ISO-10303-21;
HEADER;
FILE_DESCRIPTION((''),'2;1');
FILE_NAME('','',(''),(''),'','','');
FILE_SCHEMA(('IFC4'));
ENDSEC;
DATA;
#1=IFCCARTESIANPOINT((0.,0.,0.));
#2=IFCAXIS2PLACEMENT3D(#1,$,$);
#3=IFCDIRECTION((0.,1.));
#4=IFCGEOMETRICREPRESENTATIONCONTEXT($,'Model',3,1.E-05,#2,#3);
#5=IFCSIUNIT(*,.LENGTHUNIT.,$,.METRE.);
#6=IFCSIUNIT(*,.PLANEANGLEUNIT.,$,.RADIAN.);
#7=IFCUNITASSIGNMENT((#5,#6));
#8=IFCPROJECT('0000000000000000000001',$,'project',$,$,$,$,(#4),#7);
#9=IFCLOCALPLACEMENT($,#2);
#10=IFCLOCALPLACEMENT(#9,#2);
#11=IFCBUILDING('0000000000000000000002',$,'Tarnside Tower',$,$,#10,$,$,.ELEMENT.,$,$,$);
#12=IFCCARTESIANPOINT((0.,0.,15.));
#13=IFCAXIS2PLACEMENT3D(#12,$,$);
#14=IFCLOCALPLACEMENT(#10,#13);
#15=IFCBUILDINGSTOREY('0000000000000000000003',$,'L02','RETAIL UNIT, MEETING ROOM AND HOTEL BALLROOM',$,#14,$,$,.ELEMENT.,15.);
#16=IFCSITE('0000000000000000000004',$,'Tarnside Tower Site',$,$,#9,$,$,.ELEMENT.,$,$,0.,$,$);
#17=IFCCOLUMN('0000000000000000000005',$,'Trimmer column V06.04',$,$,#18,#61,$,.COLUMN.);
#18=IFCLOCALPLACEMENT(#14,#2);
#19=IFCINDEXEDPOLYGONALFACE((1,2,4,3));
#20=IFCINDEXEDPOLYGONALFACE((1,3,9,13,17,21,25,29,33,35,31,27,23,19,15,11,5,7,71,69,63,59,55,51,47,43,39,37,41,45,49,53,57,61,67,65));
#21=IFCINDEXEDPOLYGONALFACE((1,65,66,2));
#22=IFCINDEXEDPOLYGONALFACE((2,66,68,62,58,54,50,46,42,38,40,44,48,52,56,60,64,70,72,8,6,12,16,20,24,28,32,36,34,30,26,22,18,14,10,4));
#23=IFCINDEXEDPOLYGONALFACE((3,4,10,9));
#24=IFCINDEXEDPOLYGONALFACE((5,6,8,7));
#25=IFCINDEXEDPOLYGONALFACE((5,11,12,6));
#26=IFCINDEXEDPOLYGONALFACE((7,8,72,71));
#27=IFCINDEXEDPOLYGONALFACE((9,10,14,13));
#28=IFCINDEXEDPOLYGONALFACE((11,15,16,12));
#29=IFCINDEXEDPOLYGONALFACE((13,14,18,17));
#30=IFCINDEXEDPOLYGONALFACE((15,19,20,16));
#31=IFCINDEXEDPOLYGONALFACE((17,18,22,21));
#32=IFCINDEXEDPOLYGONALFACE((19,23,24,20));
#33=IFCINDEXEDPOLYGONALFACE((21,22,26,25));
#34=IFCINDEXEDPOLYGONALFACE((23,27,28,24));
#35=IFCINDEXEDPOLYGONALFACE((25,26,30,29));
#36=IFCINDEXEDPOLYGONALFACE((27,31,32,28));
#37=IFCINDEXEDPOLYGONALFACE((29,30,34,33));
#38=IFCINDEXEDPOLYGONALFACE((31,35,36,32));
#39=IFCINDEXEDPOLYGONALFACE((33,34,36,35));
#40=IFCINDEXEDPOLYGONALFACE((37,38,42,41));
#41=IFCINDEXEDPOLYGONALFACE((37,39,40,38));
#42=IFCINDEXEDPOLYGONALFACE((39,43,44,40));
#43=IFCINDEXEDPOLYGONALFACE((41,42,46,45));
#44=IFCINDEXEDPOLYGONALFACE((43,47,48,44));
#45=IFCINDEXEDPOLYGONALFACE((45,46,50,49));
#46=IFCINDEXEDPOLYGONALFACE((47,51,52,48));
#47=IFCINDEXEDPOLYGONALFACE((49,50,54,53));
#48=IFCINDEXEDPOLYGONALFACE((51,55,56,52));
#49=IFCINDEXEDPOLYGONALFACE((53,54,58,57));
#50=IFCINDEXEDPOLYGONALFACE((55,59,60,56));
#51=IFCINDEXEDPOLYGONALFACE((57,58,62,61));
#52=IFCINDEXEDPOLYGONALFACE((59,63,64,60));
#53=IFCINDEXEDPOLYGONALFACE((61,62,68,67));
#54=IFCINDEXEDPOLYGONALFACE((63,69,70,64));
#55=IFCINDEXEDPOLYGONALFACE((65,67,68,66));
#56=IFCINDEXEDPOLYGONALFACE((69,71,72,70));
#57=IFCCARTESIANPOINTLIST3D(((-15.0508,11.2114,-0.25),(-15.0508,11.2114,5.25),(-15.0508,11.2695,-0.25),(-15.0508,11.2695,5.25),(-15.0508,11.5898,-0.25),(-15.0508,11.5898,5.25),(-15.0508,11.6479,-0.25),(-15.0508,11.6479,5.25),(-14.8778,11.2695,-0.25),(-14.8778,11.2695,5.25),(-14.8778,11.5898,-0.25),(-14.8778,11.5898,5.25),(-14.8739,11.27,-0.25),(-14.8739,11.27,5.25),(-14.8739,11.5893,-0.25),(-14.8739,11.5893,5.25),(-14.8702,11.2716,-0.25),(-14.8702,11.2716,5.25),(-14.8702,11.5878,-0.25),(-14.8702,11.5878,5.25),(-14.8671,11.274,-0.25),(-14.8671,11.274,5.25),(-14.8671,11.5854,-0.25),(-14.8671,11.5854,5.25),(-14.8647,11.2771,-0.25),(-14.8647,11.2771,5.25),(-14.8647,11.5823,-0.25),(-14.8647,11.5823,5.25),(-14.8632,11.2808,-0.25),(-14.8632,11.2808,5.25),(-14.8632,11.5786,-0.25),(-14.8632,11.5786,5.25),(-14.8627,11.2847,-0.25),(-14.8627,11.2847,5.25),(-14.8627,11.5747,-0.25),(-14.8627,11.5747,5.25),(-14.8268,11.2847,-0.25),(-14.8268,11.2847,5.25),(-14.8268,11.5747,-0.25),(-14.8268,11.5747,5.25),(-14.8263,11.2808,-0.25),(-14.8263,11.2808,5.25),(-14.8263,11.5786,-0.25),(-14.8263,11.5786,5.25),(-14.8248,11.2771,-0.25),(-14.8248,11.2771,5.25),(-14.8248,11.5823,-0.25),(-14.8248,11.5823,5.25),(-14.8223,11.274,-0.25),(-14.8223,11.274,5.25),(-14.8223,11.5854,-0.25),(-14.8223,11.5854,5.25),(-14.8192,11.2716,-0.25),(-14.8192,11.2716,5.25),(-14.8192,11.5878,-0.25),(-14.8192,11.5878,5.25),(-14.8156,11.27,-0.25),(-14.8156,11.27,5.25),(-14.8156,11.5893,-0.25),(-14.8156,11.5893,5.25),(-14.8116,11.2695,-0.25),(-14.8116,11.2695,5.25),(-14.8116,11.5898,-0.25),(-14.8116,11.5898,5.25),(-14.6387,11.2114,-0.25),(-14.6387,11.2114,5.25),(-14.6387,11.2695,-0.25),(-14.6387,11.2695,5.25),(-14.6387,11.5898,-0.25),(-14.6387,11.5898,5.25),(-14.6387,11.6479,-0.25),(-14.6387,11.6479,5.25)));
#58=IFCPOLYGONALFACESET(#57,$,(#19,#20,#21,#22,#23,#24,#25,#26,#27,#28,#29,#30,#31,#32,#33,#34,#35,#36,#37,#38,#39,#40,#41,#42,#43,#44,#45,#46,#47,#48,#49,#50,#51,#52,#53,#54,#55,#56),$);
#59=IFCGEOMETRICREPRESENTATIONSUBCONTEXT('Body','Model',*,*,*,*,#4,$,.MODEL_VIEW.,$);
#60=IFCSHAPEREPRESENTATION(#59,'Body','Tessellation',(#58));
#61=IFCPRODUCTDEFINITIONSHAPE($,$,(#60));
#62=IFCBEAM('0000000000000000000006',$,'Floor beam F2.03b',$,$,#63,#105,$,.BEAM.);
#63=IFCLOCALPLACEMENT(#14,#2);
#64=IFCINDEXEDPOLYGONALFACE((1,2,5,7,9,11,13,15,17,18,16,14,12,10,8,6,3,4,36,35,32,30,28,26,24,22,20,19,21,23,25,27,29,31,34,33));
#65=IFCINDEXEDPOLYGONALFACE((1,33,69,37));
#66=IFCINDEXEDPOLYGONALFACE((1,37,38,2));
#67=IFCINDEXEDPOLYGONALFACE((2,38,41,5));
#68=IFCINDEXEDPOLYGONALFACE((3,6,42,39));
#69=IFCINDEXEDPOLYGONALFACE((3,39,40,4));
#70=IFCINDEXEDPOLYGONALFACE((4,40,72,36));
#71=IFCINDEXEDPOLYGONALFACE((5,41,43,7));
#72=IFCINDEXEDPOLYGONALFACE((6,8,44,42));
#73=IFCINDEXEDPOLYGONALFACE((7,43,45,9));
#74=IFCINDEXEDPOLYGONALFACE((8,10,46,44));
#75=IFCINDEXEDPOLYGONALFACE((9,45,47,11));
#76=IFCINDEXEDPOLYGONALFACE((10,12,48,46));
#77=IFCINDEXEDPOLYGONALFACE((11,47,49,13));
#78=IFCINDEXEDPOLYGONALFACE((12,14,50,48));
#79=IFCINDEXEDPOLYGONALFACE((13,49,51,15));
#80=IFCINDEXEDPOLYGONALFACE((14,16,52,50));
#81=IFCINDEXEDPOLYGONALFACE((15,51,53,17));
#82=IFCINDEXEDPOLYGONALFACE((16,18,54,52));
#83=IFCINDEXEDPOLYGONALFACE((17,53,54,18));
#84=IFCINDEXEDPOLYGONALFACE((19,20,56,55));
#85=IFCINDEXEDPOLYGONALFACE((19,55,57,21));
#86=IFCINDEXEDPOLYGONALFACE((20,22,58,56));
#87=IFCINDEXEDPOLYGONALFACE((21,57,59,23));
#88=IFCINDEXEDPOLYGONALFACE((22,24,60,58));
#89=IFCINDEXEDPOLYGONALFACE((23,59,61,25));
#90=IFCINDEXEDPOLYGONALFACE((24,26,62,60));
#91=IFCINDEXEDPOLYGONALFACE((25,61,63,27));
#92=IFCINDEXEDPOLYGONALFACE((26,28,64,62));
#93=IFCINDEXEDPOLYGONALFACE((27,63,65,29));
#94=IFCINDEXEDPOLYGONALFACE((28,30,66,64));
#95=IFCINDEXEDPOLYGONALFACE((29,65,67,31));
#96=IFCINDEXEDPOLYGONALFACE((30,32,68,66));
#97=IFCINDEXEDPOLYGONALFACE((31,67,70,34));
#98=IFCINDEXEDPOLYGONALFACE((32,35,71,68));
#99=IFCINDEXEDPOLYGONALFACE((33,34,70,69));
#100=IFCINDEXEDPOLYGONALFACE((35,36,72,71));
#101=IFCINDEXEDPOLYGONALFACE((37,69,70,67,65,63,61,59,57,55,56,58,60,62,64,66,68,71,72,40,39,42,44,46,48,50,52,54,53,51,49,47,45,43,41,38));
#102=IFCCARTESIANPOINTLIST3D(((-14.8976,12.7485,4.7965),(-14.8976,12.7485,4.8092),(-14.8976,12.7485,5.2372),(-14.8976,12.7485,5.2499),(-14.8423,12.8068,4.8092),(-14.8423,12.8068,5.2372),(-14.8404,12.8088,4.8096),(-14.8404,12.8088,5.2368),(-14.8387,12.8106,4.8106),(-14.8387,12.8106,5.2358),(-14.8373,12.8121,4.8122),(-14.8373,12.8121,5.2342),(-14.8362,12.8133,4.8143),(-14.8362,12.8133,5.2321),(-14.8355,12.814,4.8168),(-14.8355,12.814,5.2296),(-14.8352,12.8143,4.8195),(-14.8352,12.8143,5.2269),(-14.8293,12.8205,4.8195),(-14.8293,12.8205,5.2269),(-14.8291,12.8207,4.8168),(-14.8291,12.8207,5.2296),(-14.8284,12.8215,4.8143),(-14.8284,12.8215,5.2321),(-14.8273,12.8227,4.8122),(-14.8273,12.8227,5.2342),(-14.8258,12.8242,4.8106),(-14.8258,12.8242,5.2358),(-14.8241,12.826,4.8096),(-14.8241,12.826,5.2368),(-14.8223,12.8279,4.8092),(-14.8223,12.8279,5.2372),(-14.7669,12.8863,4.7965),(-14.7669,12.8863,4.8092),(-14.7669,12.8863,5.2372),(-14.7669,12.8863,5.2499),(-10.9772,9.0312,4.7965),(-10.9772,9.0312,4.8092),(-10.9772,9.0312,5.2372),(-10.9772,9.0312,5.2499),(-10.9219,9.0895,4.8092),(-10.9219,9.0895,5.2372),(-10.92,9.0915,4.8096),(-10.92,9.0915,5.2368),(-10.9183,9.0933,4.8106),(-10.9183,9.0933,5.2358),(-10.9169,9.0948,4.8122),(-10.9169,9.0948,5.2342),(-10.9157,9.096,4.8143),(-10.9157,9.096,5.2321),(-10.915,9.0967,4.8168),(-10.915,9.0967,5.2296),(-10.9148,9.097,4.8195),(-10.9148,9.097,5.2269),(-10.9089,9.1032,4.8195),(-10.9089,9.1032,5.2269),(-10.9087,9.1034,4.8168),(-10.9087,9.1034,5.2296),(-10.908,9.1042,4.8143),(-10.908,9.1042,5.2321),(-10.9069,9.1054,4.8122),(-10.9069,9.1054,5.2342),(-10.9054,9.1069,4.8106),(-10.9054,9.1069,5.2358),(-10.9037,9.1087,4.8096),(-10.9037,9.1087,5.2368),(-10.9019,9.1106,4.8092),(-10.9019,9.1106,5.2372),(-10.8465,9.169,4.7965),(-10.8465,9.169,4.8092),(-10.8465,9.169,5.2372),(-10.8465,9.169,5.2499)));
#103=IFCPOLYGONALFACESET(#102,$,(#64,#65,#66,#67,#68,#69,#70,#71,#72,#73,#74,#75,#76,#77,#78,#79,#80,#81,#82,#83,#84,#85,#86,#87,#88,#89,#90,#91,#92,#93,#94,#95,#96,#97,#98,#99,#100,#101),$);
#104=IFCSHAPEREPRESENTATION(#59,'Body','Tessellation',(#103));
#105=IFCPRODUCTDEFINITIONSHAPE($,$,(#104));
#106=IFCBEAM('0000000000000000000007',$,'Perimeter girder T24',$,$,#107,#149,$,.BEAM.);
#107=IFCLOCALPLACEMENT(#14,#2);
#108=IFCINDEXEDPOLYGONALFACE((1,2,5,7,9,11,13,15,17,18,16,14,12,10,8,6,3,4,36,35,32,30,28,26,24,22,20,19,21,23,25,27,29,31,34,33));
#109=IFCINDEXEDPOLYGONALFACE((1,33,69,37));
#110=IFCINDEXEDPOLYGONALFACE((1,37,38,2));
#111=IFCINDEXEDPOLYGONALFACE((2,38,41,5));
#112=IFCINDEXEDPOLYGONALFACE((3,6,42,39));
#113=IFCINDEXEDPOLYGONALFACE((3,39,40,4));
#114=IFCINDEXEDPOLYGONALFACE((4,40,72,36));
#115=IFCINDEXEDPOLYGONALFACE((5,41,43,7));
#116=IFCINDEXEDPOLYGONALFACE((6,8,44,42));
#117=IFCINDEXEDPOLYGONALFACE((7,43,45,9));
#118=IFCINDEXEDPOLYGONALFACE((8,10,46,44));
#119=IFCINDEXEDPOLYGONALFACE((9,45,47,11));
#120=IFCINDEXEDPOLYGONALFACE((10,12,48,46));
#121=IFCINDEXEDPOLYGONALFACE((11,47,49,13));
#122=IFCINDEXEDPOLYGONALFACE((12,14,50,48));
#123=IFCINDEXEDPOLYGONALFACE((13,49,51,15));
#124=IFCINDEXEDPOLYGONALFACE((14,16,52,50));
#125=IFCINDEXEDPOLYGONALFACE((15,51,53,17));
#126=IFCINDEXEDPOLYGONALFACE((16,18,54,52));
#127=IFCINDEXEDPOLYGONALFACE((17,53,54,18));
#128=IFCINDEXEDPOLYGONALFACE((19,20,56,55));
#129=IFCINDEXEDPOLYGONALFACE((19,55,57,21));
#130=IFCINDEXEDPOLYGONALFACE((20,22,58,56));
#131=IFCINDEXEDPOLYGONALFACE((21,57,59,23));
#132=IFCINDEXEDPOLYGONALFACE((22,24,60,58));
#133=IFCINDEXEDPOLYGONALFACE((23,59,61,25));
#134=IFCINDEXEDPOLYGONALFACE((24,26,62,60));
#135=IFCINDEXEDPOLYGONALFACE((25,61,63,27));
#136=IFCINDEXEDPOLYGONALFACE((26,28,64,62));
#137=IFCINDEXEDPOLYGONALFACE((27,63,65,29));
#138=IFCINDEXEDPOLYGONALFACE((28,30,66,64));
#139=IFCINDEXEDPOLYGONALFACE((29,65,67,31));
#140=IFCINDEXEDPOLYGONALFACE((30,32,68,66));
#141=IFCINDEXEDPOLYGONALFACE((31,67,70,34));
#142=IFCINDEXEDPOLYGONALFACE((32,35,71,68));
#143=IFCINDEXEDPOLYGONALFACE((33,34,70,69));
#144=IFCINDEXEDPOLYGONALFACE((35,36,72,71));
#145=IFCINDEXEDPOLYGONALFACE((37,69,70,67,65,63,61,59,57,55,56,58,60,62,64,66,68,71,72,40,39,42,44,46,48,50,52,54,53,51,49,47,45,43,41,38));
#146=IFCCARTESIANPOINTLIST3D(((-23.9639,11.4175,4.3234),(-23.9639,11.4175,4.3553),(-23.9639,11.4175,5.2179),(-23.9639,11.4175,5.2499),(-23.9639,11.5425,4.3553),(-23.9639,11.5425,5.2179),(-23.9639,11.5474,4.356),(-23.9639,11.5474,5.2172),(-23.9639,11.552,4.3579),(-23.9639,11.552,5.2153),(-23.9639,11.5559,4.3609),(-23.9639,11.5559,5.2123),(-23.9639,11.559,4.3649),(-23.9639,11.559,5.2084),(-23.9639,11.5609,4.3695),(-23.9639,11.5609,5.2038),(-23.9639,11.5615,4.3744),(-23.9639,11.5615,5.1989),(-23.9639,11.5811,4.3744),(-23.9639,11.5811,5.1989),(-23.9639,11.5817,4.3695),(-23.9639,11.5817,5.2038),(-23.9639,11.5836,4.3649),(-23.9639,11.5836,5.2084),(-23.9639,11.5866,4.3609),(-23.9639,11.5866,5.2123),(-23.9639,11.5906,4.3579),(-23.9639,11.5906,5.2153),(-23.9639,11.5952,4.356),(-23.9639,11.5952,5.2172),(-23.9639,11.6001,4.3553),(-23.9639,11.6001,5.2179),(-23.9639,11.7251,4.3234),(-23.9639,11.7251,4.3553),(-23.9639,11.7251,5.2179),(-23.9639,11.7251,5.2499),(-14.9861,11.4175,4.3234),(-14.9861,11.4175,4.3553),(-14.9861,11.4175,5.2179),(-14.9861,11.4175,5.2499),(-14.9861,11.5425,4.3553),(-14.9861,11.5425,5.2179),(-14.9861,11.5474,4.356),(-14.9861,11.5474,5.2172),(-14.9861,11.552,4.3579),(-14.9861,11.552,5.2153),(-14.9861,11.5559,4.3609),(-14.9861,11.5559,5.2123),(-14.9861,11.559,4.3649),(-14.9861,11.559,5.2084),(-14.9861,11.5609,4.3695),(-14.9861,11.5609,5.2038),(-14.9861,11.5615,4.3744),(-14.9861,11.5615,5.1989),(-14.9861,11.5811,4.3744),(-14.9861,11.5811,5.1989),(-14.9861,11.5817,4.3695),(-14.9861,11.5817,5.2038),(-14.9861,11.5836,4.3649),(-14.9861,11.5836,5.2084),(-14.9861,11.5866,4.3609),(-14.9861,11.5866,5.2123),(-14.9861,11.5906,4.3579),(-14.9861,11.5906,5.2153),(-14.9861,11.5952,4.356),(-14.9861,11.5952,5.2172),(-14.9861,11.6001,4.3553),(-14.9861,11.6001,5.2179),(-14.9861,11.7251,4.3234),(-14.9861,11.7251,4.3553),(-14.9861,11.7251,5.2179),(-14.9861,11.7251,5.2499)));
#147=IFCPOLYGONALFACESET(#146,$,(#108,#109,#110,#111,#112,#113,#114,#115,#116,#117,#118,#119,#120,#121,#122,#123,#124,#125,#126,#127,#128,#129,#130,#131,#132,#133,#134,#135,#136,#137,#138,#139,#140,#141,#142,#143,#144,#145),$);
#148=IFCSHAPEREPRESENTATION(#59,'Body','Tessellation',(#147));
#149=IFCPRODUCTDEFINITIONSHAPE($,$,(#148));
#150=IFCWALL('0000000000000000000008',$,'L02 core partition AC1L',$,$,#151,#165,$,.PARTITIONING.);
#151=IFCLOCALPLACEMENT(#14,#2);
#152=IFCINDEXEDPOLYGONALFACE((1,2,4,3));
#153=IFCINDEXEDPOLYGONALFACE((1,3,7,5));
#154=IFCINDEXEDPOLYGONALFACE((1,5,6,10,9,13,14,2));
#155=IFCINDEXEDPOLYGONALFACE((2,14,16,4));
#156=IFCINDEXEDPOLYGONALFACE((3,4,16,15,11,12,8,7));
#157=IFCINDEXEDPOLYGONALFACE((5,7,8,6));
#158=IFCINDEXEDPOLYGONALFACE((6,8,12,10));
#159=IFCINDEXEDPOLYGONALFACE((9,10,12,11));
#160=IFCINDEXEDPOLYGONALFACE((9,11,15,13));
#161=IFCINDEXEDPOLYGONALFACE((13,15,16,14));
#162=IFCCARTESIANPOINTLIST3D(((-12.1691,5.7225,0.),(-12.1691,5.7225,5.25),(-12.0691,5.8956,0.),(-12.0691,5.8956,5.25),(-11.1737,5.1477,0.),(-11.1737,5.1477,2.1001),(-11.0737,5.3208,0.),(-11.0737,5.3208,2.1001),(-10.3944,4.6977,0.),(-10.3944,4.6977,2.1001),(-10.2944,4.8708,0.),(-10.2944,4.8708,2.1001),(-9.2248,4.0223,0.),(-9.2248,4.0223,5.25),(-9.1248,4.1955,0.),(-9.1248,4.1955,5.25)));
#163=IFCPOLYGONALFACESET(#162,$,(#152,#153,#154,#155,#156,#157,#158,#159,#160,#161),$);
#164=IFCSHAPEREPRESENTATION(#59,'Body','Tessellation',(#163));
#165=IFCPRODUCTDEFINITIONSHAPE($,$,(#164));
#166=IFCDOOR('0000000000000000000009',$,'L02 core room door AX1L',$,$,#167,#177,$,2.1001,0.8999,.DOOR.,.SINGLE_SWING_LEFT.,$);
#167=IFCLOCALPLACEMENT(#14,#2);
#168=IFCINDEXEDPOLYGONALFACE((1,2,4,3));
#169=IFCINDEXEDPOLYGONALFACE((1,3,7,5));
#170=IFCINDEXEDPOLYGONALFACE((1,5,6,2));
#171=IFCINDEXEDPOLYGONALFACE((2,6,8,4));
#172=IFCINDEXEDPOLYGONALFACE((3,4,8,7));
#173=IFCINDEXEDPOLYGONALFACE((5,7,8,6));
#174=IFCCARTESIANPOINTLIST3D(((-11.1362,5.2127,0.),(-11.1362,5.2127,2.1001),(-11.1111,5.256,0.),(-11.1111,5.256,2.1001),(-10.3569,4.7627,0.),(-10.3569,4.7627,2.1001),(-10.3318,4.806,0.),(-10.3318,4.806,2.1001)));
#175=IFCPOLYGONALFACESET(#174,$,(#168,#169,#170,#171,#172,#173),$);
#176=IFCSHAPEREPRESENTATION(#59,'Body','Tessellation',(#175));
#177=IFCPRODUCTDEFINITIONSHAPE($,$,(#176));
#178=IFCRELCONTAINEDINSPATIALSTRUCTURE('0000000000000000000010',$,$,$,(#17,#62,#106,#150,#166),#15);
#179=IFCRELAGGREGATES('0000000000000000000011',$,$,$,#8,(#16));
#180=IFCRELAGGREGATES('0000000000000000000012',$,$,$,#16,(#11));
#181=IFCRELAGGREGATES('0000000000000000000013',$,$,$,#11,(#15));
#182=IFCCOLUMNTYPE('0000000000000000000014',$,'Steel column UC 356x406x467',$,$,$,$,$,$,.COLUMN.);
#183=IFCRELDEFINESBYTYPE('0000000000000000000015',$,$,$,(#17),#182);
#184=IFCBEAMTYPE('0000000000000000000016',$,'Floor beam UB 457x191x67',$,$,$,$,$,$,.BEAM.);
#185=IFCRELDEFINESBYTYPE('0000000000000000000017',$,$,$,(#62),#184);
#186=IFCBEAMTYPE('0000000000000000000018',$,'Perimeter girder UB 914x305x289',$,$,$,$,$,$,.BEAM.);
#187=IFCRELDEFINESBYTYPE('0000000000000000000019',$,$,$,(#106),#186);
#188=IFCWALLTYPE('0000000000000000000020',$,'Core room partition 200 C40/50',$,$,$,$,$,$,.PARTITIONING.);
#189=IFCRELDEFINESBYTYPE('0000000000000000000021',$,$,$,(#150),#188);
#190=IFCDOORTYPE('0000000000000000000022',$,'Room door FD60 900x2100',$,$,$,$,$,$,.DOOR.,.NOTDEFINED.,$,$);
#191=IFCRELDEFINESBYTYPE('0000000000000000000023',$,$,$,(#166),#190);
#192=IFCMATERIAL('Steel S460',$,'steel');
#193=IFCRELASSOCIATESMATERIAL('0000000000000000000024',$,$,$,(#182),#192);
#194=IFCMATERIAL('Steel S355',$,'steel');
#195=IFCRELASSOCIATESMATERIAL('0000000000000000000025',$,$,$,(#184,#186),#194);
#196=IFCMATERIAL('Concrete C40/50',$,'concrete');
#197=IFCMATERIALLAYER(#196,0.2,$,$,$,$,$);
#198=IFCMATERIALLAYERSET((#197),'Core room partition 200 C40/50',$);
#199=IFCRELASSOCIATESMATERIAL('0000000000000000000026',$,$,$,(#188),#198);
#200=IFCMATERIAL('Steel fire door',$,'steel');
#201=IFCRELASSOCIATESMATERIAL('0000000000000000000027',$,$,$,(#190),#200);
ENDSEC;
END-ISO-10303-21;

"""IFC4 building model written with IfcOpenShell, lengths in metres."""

from ifc_helpers import new_model, si_unit, direction, frame, frame_2d, origin, origin_2d, place, context, subcontext, project, spatial, rectangle, i_section, extrude, material, layer, layer_set, material_profile, profile_set, type_object, element, fill, save


model = new_model("IFC4")

# Units and contexts
model_context = context("Model", 3, precision=1e-05, world=origin(), true_north=direction((0.0, 1.0)))
body_context = subcontext(model_context, "Body", "Model", "MODEL_VIEW")
ifc_project = project(units=[si_unit("LENGTHUNIT", "METRE"), si_unit("PLANEANGLEUNIT", "RADIAN")], contexts=[model_context])

# Site, building, storey
site_placement = place(None, origin())
site = spatial("IfcSite", under=ifc_project, at=site_placement, Name="Tarnside Tower Site", CompositionType="ELEMENT", RefElevation=0.0)
building_placement = place(site_placement, origin())
building = spatial("IfcBuilding", under=site, at=building_placement, Name="Tarnside Tower", CompositionType="ELEMENT")
storey_placement = place(building_placement, frame((0.0, 0.0, 15.0)))
storey = spatial("IfcBuildingStorey", under=building, at=storey_placement, Name="L02", Description="RETAIL UNIT, MEETING ROOM AND HOTEL BALLROOM", CompositionType="ELEMENT", Elevation=15.0)

# Column
ifc_material_1 = material(Name="Steel S460", Category="steel")
ifc_material_profile_1 = material_profile(ifc_material_1, i_section(OverallWidth=0.4121, OverallDepth=0.4365, WebThickness=0.0359, FlangeThickness=0.0581, FilletRadius=0.0151, at=origin_2d()), Name="UC 356x406x467")
ifc_profile_set_1 = profile_set([ifc_material_profile_1], Name="Steel S460")
column_type = type_object("IfcColumnType", Name="Steel column UC 356x406x467", PredefinedType="COLUMN", material=ifc_profile_set_1)
column_placement = place(storey_placement, frame((-14.8447, 11.4297, -0.25), z_axis=(0.0, 0.0, 1.0), x_axis=(1.0, 0.0, 0.0)))
element("IfcColumn", 1, at=column_placement, inside=storey, type_object=column_type, Name="Trimmer column V06.04", PredefinedType="COLUMN", context=body_context, shape_type="SweptSolid", body=[
    extrude(i_section(OverallWidth=0.4121, OverallDepth=0.4365, WebThickness=0.0359, FlangeThickness=0.0581, FilletRadius=0.0151, at=origin_2d()), origin(), (0.0, 0.0, 1.0), 5.5),
])

# Beams
ifc_material_2 = material(Name="Steel S355", Category="steel")
ifc_material_profile_2 = material_profile(ifc_material_2, i_section(OverallWidth=0.1899, OverallDepth=0.4534, WebThickness=0.0085, FlangeThickness=0.0127, FilletRadius=0.0103, at=origin_2d()), Name="UB 457x191x67")
ifc_profile_set_2 = profile_set([ifc_material_profile_2], Name="Steel S355")
beam_type_1 = type_object("IfcBeamType", Name="Floor beam UB 457x191x67", PredefinedType="BEAM", material=ifc_profile_set_2)
beam_1_placement = place(storey_placement, frame((-14.8323, 12.8174, 5.0232), z_axis=(0.725656, -0.688058, 0.0), x_axis=(0.688058, 0.725656, 0.0)))
element("IfcBeam", 2, at=beam_1_placement, inside=storey, type_object=beam_type_1, Name="Floor beam F2.03b", PredefinedType="BEAM", context=body_context, shape_type="SweptSolid", body=[
    extrude(i_section(OverallWidth=0.1899, OverallDepth=0.4534, WebThickness=0.0085, FlangeThickness=0.0127, FilletRadius=0.0103, at=origin_2d()), origin(), (0.0, 0.0, 1.0), 5.4026),
])
ifc_material_profile_3 = material_profile(ifc_material_2, i_section(OverallWidth=0.3076, OverallDepth=0.9265, WebThickness=0.0195, FlangeThickness=0.032, FilletRadius=0.019, at=origin_2d()), Name="UB 914x305x289")
ifc_profile_set_3 = profile_set([ifc_material_profile_3], Name="Steel S355")
beam_type_2 = type_object("IfcBeamType", Name="Perimeter girder UB 914x305x289", PredefinedType="BEAM", material=ifc_profile_set_3)
beam_2_placement = place(storey_placement, frame((-14.9861, 11.5713, 4.7866), z_axis=(-1.0, 0.0, 0.0), x_axis=(0.0, -1.0, 0.0)))
element("IfcBeam", 3, at=beam_2_placement, inside=storey, type_object=beam_type_2, Name="Perimeter girder T24", PredefinedType="BEAM", context=body_context, shape_type="SweptSolid", body=[
    extrude(i_section(OverallWidth=0.3076, OverallDepth=0.9265, WebThickness=0.0195, FlangeThickness=0.032, FilletRadius=0.019, at=origin_2d()), origin(), (0.0, 0.0, 1.0), 8.9778),
])

# Wall, opening, door
ifc_material_3 = material(Name="Concrete C40/50", Category="concrete")
ifc_layer_1 = layer(ifc_material_3, 0.2)
ifc_layer_set_1 = layer_set([ifc_layer_1], Name="Core room partition 200 C40/50")
wall_type_1 = type_object("IfcWallType", Name="Core room partition 200 C40/50", PredefinedType="PARTITIONING", material=ifc_layer_set_1)
wall_1_placement = place(storey_placement, frame((-9.1748, 4.1089, 0.0), z_axis=(0.0, 0.0, 1.0), x_axis=(-0.865989, 0.500062, 0.0)))
wall_1 = element("IfcWall", 4, at=wall_1_placement, inside=storey, type_object=wall_type_1, Name="L02 core partition AC1L", PredefinedType="PARTITIONING", context=body_context, shape_type="SweptSolid", body=[
    extrude(rectangle(XDim=3.3999, YDim=0.2, at=frame_2d((1.7, 0.0))), origin(), (0.0, 0.0, 1.0), 5.25),
])
opening_1_placement = place(wall_1_placement, frame((1.3506, 0.0, 0.0)))
opening_1 = element("IfcOpeningElement", 5, at=opening_1_placement, cuts=wall_1, PredefinedType="OPENING", context=body_context, shape_type="SweptSolid", body=[
    extrude(rectangle(XDim=0.8999, YDim=2.1001, at=frame_2d((0.45, 1.05))), frame((0.0, 0.1099, 0.0), z_axis=(0.0, -1.0, 0.0), x_axis=(1.0, 0.0, 0.0)), (0.0, 0.0, 1.0), 0.22),
])
ifc_material_4 = material(Name="Steel fire door", Category="steel")
door_type_1 = type_object("IfcDoorType", Name="Room door FD60 900x2100", OperationType="NOTDEFINED", PredefinedType="DOOR", material=ifc_material_4)
door_1_placement = place(opening_1_placement, origin())
door_1 = element("IfcDoor", 6, at=door_1_placement, inside=storey, type_object=door_type_1, Name="L02 core room door AX1L", OperationType="SINGLE_SWING_LEFT", OverallHeight=2.1001, OverallWidth=0.8999, PredefinedType="DOOR", context=body_context, shape_type="SweptSolid", body=[
    extrude(rectangle(XDim=0.8999, YDim=2.1001, at=frame_2d((0.45, 1.05))), frame((0.0, 0.0249, 0.0), z_axis=(0.0, -1.0, 0.0), x_axis=(1.0, 0.0, 0.0)), (0.0, 0.0, 1.0), 0.05),
])
fill(opening_1, door_1)

save(model, "model.ifc")
